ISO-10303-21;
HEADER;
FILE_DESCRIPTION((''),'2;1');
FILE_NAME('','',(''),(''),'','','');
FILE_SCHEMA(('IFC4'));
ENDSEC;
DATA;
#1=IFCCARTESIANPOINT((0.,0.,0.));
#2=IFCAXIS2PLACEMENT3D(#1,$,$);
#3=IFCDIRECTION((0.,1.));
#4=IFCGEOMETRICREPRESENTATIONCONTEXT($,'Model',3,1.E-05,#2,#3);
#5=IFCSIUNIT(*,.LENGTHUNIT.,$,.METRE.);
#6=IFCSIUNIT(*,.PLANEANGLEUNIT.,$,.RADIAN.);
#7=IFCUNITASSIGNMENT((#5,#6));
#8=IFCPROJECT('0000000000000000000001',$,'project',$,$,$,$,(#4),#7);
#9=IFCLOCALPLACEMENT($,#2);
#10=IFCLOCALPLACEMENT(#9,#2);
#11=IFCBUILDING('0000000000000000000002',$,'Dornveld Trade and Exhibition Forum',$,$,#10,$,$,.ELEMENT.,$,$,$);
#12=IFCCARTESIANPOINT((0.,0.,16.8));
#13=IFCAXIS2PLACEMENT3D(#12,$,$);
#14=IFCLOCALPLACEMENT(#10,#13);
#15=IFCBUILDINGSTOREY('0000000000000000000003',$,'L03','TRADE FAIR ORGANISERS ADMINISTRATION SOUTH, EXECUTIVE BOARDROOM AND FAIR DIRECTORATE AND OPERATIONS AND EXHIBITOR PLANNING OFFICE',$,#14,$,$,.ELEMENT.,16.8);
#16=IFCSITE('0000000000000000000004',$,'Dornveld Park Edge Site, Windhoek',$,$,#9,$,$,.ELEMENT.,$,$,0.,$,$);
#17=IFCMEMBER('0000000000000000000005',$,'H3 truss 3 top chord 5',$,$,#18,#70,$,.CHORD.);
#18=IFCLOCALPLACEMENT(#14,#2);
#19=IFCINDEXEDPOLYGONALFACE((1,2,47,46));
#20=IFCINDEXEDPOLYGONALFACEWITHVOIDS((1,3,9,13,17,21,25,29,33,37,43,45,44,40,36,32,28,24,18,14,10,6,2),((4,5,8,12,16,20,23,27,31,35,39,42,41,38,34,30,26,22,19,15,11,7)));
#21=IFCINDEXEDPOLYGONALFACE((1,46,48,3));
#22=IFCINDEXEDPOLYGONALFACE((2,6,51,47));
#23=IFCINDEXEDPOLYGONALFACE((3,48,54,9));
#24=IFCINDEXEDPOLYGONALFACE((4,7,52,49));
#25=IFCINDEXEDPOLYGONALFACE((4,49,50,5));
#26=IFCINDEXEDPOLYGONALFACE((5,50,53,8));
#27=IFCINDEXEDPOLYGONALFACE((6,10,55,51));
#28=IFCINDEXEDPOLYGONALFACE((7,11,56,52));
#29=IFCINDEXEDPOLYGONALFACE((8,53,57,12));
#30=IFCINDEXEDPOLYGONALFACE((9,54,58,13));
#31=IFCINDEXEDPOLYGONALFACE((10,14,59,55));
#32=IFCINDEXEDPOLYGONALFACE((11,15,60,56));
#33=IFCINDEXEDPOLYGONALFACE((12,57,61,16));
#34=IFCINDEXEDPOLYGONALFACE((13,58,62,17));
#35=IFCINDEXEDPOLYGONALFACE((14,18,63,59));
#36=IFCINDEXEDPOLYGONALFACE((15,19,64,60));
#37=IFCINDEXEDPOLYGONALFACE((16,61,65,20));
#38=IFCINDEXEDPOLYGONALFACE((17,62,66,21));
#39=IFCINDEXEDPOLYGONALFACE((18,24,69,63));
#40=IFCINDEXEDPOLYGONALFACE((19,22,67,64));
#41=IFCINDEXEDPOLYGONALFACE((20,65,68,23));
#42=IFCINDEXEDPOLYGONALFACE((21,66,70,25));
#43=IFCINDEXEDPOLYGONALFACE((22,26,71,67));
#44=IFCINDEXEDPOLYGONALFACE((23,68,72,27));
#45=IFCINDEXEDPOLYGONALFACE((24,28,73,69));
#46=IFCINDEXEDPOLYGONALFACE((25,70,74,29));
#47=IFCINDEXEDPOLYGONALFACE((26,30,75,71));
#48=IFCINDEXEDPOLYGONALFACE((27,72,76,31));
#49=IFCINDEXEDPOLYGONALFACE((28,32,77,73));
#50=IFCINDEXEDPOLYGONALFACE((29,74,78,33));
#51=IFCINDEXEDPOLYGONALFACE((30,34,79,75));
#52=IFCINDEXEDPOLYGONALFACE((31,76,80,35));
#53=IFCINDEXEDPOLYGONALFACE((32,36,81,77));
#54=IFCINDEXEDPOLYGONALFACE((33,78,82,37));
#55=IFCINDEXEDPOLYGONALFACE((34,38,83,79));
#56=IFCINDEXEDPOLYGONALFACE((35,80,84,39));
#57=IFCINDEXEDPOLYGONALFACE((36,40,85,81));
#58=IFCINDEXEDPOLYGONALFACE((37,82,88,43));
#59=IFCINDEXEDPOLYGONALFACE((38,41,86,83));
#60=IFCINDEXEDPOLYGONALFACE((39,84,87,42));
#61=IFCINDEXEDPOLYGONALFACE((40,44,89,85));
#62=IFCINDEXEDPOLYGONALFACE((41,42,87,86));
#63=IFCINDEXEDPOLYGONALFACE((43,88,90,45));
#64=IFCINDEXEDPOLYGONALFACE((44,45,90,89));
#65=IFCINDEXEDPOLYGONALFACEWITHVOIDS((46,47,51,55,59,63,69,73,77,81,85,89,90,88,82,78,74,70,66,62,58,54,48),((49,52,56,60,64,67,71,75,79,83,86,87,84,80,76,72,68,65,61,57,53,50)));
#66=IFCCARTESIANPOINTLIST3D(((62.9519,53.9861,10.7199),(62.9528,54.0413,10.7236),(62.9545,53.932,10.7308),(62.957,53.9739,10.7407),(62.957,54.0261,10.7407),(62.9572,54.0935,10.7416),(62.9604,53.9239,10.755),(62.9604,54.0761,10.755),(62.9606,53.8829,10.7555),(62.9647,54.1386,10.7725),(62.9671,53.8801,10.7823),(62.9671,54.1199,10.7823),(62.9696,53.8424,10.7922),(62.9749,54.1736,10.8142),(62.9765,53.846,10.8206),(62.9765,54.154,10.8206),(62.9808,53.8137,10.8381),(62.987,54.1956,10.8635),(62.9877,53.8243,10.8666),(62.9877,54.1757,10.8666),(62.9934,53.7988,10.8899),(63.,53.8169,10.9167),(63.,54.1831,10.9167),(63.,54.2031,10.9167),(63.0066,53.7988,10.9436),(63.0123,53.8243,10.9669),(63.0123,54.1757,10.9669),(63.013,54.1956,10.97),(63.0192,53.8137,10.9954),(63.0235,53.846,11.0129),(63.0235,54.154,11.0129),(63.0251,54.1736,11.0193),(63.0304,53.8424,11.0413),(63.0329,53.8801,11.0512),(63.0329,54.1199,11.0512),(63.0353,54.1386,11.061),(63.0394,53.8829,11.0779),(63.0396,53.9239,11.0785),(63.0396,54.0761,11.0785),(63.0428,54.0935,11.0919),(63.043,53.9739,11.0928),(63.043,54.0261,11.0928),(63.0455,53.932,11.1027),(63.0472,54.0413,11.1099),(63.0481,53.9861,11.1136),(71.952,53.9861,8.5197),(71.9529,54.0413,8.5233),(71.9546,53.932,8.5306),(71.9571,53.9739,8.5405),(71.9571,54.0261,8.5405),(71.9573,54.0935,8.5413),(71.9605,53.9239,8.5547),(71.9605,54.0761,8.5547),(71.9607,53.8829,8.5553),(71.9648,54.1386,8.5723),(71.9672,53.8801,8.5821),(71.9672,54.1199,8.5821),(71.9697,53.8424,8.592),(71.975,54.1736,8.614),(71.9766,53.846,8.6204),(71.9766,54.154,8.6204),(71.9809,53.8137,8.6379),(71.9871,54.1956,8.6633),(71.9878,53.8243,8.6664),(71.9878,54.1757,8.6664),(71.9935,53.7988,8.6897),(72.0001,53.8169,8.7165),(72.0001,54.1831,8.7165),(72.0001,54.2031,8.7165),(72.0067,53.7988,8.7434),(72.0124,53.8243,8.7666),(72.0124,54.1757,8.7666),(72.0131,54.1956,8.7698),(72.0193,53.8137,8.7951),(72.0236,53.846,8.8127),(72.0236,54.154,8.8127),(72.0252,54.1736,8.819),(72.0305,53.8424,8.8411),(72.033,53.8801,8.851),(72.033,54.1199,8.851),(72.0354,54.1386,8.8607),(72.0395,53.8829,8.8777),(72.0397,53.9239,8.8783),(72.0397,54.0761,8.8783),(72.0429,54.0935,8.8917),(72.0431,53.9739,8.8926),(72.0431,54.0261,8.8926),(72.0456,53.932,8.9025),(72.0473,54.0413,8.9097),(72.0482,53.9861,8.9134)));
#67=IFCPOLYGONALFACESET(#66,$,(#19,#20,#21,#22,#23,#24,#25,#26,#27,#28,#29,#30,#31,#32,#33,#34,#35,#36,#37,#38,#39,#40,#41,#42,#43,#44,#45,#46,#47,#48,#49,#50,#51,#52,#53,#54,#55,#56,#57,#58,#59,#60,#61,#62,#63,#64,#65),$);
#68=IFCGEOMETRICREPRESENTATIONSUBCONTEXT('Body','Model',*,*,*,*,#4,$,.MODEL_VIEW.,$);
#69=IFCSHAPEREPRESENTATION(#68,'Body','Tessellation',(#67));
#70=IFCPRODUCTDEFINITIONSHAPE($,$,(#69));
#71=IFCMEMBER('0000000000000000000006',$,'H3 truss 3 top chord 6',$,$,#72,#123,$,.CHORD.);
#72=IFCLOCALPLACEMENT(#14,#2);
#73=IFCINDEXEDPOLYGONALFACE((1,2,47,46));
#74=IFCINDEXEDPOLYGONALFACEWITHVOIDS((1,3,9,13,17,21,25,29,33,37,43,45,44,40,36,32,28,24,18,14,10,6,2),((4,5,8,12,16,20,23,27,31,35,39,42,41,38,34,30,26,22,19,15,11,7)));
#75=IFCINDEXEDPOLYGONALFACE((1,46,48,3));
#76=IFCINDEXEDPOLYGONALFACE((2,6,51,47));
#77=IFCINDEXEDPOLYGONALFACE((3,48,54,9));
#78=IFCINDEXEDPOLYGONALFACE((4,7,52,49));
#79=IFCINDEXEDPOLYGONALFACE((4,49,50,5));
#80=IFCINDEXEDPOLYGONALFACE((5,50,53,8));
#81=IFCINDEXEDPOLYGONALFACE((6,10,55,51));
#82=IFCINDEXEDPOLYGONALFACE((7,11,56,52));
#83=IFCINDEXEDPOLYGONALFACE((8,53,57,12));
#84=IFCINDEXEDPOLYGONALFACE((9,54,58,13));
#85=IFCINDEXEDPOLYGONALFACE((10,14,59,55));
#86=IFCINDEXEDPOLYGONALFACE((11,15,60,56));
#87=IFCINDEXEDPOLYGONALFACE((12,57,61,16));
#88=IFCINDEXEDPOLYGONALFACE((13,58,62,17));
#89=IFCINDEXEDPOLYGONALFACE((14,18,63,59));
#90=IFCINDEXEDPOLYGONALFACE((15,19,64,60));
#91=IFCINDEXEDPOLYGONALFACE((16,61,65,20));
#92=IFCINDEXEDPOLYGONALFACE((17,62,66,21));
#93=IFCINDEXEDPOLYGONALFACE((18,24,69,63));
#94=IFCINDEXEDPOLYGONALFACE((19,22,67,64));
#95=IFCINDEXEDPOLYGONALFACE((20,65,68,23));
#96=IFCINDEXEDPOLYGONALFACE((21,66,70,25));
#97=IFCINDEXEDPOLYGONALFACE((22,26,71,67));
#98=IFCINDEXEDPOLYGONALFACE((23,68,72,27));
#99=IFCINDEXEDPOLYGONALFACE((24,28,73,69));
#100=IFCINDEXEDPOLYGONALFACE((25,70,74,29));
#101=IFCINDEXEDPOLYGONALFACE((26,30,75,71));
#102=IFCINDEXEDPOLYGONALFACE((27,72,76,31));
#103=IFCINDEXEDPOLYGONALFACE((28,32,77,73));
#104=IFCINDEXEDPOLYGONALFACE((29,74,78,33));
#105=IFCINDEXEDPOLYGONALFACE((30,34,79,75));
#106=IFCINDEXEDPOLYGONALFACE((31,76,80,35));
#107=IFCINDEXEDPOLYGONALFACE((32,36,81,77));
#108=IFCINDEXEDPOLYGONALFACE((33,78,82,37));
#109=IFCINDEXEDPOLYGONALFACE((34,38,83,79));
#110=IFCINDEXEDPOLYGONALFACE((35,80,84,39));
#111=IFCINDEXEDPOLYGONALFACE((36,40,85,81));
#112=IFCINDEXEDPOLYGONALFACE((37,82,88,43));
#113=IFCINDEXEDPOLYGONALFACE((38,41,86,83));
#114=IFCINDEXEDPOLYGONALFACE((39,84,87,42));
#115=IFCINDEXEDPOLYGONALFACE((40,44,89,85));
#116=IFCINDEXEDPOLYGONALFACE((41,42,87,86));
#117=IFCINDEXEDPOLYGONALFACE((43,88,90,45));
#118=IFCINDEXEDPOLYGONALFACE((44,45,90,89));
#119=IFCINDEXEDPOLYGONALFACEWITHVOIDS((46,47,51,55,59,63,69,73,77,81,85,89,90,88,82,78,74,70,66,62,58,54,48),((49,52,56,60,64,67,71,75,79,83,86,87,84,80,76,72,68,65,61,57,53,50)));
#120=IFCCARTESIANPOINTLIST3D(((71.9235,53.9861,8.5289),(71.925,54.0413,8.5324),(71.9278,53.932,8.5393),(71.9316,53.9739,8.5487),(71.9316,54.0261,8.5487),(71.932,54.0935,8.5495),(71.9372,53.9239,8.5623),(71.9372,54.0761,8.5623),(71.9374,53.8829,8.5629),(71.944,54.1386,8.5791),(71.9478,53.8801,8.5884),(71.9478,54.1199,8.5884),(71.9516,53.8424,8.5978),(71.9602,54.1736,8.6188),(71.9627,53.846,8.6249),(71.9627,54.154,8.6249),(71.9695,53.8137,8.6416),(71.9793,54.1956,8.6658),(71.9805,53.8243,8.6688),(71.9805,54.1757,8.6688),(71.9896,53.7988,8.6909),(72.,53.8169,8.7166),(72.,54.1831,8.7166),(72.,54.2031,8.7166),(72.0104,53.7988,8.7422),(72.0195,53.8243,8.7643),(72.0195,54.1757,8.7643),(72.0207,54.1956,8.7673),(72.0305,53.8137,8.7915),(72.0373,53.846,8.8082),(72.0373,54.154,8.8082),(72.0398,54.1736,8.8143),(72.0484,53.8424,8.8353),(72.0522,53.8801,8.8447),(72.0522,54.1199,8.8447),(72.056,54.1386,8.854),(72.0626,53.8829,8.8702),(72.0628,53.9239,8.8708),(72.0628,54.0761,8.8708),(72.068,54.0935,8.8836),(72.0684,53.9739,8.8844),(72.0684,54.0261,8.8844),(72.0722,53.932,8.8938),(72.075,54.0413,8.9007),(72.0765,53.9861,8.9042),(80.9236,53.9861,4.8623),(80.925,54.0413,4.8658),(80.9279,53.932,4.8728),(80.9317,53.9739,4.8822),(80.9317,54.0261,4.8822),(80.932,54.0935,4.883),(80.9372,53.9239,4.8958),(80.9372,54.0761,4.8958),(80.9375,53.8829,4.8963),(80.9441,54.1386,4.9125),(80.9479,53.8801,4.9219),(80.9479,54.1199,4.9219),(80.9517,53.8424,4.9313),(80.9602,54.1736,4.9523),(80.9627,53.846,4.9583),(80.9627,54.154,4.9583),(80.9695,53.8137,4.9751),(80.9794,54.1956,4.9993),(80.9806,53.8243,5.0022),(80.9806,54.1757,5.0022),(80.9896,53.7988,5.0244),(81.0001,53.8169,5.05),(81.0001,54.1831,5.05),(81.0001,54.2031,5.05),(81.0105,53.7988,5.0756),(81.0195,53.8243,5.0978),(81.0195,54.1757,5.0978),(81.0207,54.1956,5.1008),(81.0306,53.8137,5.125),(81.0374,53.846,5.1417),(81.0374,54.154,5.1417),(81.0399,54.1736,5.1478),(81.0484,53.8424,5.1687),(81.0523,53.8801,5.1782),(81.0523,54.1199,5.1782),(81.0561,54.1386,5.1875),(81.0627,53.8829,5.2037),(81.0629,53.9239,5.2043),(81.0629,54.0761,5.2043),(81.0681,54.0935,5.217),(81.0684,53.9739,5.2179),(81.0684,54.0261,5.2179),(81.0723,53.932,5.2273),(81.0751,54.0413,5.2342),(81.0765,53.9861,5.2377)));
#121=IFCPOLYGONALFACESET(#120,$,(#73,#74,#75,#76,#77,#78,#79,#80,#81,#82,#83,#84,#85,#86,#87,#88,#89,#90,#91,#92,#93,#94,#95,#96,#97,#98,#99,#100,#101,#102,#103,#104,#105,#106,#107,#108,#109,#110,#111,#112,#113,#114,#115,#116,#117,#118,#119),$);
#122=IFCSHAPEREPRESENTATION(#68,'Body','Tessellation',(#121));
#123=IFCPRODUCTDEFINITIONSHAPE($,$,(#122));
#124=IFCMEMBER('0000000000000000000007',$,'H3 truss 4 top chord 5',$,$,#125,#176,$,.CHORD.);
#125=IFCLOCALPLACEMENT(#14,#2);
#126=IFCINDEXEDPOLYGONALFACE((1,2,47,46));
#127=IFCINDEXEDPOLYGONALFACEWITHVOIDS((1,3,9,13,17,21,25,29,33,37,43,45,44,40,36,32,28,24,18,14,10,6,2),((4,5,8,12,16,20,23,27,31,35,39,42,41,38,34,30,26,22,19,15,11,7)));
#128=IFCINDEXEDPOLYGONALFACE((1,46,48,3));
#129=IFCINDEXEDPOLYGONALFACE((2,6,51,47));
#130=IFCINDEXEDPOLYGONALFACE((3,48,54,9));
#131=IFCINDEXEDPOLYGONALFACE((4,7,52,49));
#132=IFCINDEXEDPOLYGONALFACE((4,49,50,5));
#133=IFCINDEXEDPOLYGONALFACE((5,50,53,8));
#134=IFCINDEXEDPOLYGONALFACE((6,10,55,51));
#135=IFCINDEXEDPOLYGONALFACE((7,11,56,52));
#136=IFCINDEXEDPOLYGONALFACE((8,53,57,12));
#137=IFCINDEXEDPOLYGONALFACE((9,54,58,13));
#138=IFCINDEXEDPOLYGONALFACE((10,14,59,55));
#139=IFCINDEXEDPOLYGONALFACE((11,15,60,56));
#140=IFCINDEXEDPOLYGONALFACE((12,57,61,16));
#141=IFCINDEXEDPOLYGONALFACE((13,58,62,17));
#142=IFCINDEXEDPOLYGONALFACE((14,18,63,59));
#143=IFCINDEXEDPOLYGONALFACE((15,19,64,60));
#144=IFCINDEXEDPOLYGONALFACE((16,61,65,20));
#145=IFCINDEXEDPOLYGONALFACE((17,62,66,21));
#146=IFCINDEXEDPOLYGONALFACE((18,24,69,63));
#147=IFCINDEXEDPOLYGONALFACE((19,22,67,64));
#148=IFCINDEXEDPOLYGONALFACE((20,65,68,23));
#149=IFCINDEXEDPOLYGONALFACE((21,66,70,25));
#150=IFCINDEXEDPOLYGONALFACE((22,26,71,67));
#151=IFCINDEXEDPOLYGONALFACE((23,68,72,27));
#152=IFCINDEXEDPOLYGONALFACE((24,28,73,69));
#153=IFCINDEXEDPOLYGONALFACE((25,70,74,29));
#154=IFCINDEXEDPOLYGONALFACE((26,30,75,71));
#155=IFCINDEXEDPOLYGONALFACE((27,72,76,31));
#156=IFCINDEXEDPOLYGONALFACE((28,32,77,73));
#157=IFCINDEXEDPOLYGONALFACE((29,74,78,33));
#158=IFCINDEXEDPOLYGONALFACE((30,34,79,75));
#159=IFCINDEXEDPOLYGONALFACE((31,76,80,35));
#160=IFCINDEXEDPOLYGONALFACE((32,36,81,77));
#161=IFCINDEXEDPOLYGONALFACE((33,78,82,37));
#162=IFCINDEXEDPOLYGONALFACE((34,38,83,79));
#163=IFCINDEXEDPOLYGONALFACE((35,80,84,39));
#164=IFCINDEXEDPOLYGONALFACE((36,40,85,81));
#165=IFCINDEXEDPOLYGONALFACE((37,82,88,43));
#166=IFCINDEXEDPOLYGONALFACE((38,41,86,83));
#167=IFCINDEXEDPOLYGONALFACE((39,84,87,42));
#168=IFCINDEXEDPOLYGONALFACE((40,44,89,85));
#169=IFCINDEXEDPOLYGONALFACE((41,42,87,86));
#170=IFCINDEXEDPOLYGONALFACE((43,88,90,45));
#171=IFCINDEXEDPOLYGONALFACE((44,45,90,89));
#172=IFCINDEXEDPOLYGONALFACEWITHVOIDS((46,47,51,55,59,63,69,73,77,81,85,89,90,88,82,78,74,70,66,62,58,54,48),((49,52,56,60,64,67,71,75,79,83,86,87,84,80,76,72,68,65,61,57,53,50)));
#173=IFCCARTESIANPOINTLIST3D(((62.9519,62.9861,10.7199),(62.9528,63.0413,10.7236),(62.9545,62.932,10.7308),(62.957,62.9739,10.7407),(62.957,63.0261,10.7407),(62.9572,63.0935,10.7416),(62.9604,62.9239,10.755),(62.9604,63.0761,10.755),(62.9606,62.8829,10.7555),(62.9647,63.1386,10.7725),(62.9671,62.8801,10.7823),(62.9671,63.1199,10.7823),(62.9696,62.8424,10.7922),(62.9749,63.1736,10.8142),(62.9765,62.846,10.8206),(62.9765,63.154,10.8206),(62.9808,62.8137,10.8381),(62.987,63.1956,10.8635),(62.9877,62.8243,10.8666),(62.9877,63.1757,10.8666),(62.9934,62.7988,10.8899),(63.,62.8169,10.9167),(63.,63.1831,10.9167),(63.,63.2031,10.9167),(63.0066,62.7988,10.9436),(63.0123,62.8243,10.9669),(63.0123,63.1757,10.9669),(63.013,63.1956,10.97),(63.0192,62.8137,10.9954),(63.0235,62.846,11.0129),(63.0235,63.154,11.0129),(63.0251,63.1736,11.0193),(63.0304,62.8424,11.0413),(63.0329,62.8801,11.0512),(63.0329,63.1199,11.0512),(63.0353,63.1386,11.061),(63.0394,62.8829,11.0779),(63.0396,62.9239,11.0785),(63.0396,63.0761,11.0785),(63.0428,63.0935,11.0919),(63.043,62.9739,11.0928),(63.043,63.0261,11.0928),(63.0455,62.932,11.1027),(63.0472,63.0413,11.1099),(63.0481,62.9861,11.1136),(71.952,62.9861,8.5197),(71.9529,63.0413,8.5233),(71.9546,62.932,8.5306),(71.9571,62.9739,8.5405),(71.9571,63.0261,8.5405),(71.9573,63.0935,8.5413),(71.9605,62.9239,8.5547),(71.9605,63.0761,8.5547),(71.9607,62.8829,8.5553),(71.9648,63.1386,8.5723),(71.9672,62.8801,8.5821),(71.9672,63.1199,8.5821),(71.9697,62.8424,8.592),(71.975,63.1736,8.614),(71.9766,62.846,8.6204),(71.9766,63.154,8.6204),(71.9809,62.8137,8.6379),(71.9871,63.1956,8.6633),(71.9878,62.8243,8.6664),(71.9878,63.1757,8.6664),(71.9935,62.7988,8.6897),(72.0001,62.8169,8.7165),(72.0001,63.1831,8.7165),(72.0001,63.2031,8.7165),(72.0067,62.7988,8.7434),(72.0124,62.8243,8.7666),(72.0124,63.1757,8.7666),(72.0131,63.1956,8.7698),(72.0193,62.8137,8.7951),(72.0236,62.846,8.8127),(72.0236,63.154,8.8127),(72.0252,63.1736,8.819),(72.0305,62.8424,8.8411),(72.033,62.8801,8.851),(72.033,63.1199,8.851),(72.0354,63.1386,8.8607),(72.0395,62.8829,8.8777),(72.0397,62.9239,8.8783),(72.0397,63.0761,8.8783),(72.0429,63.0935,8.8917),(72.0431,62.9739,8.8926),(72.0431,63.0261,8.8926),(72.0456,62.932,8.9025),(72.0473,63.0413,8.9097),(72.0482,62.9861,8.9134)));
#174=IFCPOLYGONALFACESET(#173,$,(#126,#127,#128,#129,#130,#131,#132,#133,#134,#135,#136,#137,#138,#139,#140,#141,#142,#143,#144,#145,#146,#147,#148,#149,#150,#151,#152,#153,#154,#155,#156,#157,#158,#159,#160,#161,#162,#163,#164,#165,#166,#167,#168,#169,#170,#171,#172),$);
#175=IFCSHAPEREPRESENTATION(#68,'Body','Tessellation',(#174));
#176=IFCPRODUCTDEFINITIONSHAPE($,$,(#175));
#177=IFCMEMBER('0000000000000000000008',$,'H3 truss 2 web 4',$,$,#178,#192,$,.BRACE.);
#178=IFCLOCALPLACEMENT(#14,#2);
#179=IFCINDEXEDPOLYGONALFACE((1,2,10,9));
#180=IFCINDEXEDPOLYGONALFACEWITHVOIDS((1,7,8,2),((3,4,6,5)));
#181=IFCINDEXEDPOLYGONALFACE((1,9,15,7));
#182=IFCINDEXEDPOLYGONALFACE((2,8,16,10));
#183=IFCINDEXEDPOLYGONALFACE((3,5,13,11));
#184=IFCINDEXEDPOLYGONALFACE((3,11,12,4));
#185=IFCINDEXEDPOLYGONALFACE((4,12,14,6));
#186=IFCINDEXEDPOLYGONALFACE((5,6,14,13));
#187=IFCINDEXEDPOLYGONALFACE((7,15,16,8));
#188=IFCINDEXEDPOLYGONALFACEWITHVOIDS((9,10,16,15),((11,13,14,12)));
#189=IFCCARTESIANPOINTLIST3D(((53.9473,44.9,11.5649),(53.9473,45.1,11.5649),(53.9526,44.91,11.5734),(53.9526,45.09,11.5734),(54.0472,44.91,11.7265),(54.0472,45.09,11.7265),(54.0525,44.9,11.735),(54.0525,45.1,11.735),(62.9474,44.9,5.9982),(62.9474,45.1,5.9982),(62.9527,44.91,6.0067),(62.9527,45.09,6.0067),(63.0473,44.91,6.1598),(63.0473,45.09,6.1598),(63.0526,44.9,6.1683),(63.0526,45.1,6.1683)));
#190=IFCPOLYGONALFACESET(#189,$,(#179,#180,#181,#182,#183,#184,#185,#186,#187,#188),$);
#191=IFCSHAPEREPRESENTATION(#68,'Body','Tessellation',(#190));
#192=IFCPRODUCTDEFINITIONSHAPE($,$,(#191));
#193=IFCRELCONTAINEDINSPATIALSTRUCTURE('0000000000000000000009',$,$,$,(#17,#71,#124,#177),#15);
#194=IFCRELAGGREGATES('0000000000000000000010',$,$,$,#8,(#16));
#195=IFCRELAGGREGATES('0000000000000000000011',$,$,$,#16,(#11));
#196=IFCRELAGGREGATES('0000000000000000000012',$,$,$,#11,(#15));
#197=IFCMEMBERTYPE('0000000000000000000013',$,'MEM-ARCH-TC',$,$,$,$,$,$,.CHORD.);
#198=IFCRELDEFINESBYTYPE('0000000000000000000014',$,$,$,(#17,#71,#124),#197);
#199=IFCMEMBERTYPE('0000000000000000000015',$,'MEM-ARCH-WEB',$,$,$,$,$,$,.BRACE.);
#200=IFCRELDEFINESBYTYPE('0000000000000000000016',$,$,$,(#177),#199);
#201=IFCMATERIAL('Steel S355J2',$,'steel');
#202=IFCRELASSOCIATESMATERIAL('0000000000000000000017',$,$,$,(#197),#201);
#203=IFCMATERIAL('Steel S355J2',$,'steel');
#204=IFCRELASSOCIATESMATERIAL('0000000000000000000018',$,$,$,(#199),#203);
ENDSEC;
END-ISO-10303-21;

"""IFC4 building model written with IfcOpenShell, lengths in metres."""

from ifc_helpers import new_model, si_unit, direction, frame, origin, origin_2d, place, context, subcontext, project, spatial, hollow_rectangle, hollow_circle, extrude, material, material_profile, profile_set, type_object, element, save


model = new_model("IFC4")

# Units and contexts
model_context = context("Model", 3, precision=1e-05, world=origin(), true_north=direction((0.0, 1.0)))
body_context = subcontext(model_context, "Body", "Model", "MODEL_VIEW")
ifc_project = project(units=[si_unit("LENGTHUNIT", "METRE"), si_unit("PLANEANGLEUNIT", "RADIAN")], contexts=[model_context])

# Site, building, storey
site_placement = place(None, origin())
site = spatial("IfcSite", under=ifc_project, at=site_placement, Name="Dornveld Park Edge Site, Windhoek", CompositionType="ELEMENT", RefElevation=0.0)
building_placement = place(site_placement, origin())
building = spatial("IfcBuilding", under=site, at=building_placement, Name="Dornveld Trade and Exhibition Forum", CompositionType="ELEMENT")
storey_placement = place(building_placement, frame((0.0, 0.0, 16.8)))
storey = spatial("IfcBuildingStorey", under=building, at=storey_placement, Name="L03", Description="TRADE FAIR ORGANISERS ADMINISTRATION SOUTH, EXECUTIVE BOARDROOM AND FAIR DIRECTORATE AND OPERATIONS AND EXHIBITOR PLANNING OFFICE", CompositionType="ELEMENT", Elevation=16.8)

# Members
ifc_material_1 = material(Name="Steel S355J2", Category="steel")
ifc_material_profile_1 = material_profile(ifc_material_1, hollow_circle(Radius=0.2031, WallThickness=0.02, at=origin_2d()), Name="CHS 406.4x20")
ifc_profile_set_1 = profile_set([ifc_material_profile_1], Name="Steel S355J2")
member_type_1 = type_object("IfcMemberType", Name="MEM-ARCH-TC", PredefinedType="CHORD", material=ifc_profile_set_1)
member_1_placement = place(storey_placement, frame((63.0, 54.0, 10.9167), z_axis=(0.971394, 0.0, -0.237473), x_axis=(0.0, 1.0, 0.0)))
element("IfcMember", 1, at=member_1_placement, inside=storey, type_object=member_type_1, Name="H3 truss 3 top chord 5", PredefinedType="CHORD", context=body_context, shape_type="SweptSolid", body=[
    extrude(hollow_circle(Radius=0.2031, WallThickness=0.02, at=origin_2d()), origin(), (0.0, 0.0, 1.0), 9.2651),
])
member_2_placement = place(storey_placement, frame((72.0, 54.0, 8.7166), z_axis=(0.926098, 0.0, -0.377283), x_axis=(0.0, 1.0, 0.0)))
element("IfcMember", 2, at=member_2_placement, inside=storey, type_object=member_type_1, Name="H3 truss 3 top chord 6", PredefinedType="CHORD", context=body_context, shape_type="SweptSolid", body=[
    extrude(hollow_circle(Radius=0.2031, WallThickness=0.02, at=origin_2d()), origin(), (0.0, 0.0, 1.0), 9.7183),
])
member_3_placement = place(storey_placement, frame((63.0, 63.0, 10.9167), z_axis=(0.971394, 0.0, -0.237473), x_axis=(0.0, 1.0, 0.0)))
element("IfcMember", 3, at=member_3_placement, inside=storey, type_object=member_type_1, Name="H3 truss 4 top chord 5", PredefinedType="CHORD", context=body_context, shape_type="SweptSolid", body=[
    extrude(hollow_circle(Radius=0.2031, WallThickness=0.02, at=origin_2d()), origin(), (0.0, 0.0, 1.0), 9.2651),
])
ifc_material_2 = material(Name="Steel S355J2", Category="steel")
ifc_material_profile_2 = material_profile(ifc_material_2, hollow_rectangle(XDim=0.2, YDim=0.2, WallThickness=0.01, at=origin_2d()), Name="SHS 200x200x10")
ifc_profile_set_2 = profile_set([ifc_material_profile_2], Name="Steel S355J2")
member_type_2 = type_object("IfcMemberType", Name="MEM-ARCH-WEB", PredefinedType="BRACE", material=ifc_profile_set_2)
member_4_placement = place(storey_placement, frame((63.0, 45.0, 6.0833), z_axis=(-0.850467, 0.0, 0.526028), x_axis=(0.0, -1.0, 0.0)))
element("IfcMember", 4, at=member_4_placement, inside=storey, type_object=member_type_2, Name="H3 truss 2 web 4", PredefinedType="BRACE", context=body_context, shape_type="SweptSolid", body=[
    extrude(hollow_rectangle(XDim=0.2, YDim=0.2, WallThickness=0.01, at=origin_2d()), origin(), (0.0, 0.0, 1.0), 10.5825),
])

save(model, "model.ifc")
